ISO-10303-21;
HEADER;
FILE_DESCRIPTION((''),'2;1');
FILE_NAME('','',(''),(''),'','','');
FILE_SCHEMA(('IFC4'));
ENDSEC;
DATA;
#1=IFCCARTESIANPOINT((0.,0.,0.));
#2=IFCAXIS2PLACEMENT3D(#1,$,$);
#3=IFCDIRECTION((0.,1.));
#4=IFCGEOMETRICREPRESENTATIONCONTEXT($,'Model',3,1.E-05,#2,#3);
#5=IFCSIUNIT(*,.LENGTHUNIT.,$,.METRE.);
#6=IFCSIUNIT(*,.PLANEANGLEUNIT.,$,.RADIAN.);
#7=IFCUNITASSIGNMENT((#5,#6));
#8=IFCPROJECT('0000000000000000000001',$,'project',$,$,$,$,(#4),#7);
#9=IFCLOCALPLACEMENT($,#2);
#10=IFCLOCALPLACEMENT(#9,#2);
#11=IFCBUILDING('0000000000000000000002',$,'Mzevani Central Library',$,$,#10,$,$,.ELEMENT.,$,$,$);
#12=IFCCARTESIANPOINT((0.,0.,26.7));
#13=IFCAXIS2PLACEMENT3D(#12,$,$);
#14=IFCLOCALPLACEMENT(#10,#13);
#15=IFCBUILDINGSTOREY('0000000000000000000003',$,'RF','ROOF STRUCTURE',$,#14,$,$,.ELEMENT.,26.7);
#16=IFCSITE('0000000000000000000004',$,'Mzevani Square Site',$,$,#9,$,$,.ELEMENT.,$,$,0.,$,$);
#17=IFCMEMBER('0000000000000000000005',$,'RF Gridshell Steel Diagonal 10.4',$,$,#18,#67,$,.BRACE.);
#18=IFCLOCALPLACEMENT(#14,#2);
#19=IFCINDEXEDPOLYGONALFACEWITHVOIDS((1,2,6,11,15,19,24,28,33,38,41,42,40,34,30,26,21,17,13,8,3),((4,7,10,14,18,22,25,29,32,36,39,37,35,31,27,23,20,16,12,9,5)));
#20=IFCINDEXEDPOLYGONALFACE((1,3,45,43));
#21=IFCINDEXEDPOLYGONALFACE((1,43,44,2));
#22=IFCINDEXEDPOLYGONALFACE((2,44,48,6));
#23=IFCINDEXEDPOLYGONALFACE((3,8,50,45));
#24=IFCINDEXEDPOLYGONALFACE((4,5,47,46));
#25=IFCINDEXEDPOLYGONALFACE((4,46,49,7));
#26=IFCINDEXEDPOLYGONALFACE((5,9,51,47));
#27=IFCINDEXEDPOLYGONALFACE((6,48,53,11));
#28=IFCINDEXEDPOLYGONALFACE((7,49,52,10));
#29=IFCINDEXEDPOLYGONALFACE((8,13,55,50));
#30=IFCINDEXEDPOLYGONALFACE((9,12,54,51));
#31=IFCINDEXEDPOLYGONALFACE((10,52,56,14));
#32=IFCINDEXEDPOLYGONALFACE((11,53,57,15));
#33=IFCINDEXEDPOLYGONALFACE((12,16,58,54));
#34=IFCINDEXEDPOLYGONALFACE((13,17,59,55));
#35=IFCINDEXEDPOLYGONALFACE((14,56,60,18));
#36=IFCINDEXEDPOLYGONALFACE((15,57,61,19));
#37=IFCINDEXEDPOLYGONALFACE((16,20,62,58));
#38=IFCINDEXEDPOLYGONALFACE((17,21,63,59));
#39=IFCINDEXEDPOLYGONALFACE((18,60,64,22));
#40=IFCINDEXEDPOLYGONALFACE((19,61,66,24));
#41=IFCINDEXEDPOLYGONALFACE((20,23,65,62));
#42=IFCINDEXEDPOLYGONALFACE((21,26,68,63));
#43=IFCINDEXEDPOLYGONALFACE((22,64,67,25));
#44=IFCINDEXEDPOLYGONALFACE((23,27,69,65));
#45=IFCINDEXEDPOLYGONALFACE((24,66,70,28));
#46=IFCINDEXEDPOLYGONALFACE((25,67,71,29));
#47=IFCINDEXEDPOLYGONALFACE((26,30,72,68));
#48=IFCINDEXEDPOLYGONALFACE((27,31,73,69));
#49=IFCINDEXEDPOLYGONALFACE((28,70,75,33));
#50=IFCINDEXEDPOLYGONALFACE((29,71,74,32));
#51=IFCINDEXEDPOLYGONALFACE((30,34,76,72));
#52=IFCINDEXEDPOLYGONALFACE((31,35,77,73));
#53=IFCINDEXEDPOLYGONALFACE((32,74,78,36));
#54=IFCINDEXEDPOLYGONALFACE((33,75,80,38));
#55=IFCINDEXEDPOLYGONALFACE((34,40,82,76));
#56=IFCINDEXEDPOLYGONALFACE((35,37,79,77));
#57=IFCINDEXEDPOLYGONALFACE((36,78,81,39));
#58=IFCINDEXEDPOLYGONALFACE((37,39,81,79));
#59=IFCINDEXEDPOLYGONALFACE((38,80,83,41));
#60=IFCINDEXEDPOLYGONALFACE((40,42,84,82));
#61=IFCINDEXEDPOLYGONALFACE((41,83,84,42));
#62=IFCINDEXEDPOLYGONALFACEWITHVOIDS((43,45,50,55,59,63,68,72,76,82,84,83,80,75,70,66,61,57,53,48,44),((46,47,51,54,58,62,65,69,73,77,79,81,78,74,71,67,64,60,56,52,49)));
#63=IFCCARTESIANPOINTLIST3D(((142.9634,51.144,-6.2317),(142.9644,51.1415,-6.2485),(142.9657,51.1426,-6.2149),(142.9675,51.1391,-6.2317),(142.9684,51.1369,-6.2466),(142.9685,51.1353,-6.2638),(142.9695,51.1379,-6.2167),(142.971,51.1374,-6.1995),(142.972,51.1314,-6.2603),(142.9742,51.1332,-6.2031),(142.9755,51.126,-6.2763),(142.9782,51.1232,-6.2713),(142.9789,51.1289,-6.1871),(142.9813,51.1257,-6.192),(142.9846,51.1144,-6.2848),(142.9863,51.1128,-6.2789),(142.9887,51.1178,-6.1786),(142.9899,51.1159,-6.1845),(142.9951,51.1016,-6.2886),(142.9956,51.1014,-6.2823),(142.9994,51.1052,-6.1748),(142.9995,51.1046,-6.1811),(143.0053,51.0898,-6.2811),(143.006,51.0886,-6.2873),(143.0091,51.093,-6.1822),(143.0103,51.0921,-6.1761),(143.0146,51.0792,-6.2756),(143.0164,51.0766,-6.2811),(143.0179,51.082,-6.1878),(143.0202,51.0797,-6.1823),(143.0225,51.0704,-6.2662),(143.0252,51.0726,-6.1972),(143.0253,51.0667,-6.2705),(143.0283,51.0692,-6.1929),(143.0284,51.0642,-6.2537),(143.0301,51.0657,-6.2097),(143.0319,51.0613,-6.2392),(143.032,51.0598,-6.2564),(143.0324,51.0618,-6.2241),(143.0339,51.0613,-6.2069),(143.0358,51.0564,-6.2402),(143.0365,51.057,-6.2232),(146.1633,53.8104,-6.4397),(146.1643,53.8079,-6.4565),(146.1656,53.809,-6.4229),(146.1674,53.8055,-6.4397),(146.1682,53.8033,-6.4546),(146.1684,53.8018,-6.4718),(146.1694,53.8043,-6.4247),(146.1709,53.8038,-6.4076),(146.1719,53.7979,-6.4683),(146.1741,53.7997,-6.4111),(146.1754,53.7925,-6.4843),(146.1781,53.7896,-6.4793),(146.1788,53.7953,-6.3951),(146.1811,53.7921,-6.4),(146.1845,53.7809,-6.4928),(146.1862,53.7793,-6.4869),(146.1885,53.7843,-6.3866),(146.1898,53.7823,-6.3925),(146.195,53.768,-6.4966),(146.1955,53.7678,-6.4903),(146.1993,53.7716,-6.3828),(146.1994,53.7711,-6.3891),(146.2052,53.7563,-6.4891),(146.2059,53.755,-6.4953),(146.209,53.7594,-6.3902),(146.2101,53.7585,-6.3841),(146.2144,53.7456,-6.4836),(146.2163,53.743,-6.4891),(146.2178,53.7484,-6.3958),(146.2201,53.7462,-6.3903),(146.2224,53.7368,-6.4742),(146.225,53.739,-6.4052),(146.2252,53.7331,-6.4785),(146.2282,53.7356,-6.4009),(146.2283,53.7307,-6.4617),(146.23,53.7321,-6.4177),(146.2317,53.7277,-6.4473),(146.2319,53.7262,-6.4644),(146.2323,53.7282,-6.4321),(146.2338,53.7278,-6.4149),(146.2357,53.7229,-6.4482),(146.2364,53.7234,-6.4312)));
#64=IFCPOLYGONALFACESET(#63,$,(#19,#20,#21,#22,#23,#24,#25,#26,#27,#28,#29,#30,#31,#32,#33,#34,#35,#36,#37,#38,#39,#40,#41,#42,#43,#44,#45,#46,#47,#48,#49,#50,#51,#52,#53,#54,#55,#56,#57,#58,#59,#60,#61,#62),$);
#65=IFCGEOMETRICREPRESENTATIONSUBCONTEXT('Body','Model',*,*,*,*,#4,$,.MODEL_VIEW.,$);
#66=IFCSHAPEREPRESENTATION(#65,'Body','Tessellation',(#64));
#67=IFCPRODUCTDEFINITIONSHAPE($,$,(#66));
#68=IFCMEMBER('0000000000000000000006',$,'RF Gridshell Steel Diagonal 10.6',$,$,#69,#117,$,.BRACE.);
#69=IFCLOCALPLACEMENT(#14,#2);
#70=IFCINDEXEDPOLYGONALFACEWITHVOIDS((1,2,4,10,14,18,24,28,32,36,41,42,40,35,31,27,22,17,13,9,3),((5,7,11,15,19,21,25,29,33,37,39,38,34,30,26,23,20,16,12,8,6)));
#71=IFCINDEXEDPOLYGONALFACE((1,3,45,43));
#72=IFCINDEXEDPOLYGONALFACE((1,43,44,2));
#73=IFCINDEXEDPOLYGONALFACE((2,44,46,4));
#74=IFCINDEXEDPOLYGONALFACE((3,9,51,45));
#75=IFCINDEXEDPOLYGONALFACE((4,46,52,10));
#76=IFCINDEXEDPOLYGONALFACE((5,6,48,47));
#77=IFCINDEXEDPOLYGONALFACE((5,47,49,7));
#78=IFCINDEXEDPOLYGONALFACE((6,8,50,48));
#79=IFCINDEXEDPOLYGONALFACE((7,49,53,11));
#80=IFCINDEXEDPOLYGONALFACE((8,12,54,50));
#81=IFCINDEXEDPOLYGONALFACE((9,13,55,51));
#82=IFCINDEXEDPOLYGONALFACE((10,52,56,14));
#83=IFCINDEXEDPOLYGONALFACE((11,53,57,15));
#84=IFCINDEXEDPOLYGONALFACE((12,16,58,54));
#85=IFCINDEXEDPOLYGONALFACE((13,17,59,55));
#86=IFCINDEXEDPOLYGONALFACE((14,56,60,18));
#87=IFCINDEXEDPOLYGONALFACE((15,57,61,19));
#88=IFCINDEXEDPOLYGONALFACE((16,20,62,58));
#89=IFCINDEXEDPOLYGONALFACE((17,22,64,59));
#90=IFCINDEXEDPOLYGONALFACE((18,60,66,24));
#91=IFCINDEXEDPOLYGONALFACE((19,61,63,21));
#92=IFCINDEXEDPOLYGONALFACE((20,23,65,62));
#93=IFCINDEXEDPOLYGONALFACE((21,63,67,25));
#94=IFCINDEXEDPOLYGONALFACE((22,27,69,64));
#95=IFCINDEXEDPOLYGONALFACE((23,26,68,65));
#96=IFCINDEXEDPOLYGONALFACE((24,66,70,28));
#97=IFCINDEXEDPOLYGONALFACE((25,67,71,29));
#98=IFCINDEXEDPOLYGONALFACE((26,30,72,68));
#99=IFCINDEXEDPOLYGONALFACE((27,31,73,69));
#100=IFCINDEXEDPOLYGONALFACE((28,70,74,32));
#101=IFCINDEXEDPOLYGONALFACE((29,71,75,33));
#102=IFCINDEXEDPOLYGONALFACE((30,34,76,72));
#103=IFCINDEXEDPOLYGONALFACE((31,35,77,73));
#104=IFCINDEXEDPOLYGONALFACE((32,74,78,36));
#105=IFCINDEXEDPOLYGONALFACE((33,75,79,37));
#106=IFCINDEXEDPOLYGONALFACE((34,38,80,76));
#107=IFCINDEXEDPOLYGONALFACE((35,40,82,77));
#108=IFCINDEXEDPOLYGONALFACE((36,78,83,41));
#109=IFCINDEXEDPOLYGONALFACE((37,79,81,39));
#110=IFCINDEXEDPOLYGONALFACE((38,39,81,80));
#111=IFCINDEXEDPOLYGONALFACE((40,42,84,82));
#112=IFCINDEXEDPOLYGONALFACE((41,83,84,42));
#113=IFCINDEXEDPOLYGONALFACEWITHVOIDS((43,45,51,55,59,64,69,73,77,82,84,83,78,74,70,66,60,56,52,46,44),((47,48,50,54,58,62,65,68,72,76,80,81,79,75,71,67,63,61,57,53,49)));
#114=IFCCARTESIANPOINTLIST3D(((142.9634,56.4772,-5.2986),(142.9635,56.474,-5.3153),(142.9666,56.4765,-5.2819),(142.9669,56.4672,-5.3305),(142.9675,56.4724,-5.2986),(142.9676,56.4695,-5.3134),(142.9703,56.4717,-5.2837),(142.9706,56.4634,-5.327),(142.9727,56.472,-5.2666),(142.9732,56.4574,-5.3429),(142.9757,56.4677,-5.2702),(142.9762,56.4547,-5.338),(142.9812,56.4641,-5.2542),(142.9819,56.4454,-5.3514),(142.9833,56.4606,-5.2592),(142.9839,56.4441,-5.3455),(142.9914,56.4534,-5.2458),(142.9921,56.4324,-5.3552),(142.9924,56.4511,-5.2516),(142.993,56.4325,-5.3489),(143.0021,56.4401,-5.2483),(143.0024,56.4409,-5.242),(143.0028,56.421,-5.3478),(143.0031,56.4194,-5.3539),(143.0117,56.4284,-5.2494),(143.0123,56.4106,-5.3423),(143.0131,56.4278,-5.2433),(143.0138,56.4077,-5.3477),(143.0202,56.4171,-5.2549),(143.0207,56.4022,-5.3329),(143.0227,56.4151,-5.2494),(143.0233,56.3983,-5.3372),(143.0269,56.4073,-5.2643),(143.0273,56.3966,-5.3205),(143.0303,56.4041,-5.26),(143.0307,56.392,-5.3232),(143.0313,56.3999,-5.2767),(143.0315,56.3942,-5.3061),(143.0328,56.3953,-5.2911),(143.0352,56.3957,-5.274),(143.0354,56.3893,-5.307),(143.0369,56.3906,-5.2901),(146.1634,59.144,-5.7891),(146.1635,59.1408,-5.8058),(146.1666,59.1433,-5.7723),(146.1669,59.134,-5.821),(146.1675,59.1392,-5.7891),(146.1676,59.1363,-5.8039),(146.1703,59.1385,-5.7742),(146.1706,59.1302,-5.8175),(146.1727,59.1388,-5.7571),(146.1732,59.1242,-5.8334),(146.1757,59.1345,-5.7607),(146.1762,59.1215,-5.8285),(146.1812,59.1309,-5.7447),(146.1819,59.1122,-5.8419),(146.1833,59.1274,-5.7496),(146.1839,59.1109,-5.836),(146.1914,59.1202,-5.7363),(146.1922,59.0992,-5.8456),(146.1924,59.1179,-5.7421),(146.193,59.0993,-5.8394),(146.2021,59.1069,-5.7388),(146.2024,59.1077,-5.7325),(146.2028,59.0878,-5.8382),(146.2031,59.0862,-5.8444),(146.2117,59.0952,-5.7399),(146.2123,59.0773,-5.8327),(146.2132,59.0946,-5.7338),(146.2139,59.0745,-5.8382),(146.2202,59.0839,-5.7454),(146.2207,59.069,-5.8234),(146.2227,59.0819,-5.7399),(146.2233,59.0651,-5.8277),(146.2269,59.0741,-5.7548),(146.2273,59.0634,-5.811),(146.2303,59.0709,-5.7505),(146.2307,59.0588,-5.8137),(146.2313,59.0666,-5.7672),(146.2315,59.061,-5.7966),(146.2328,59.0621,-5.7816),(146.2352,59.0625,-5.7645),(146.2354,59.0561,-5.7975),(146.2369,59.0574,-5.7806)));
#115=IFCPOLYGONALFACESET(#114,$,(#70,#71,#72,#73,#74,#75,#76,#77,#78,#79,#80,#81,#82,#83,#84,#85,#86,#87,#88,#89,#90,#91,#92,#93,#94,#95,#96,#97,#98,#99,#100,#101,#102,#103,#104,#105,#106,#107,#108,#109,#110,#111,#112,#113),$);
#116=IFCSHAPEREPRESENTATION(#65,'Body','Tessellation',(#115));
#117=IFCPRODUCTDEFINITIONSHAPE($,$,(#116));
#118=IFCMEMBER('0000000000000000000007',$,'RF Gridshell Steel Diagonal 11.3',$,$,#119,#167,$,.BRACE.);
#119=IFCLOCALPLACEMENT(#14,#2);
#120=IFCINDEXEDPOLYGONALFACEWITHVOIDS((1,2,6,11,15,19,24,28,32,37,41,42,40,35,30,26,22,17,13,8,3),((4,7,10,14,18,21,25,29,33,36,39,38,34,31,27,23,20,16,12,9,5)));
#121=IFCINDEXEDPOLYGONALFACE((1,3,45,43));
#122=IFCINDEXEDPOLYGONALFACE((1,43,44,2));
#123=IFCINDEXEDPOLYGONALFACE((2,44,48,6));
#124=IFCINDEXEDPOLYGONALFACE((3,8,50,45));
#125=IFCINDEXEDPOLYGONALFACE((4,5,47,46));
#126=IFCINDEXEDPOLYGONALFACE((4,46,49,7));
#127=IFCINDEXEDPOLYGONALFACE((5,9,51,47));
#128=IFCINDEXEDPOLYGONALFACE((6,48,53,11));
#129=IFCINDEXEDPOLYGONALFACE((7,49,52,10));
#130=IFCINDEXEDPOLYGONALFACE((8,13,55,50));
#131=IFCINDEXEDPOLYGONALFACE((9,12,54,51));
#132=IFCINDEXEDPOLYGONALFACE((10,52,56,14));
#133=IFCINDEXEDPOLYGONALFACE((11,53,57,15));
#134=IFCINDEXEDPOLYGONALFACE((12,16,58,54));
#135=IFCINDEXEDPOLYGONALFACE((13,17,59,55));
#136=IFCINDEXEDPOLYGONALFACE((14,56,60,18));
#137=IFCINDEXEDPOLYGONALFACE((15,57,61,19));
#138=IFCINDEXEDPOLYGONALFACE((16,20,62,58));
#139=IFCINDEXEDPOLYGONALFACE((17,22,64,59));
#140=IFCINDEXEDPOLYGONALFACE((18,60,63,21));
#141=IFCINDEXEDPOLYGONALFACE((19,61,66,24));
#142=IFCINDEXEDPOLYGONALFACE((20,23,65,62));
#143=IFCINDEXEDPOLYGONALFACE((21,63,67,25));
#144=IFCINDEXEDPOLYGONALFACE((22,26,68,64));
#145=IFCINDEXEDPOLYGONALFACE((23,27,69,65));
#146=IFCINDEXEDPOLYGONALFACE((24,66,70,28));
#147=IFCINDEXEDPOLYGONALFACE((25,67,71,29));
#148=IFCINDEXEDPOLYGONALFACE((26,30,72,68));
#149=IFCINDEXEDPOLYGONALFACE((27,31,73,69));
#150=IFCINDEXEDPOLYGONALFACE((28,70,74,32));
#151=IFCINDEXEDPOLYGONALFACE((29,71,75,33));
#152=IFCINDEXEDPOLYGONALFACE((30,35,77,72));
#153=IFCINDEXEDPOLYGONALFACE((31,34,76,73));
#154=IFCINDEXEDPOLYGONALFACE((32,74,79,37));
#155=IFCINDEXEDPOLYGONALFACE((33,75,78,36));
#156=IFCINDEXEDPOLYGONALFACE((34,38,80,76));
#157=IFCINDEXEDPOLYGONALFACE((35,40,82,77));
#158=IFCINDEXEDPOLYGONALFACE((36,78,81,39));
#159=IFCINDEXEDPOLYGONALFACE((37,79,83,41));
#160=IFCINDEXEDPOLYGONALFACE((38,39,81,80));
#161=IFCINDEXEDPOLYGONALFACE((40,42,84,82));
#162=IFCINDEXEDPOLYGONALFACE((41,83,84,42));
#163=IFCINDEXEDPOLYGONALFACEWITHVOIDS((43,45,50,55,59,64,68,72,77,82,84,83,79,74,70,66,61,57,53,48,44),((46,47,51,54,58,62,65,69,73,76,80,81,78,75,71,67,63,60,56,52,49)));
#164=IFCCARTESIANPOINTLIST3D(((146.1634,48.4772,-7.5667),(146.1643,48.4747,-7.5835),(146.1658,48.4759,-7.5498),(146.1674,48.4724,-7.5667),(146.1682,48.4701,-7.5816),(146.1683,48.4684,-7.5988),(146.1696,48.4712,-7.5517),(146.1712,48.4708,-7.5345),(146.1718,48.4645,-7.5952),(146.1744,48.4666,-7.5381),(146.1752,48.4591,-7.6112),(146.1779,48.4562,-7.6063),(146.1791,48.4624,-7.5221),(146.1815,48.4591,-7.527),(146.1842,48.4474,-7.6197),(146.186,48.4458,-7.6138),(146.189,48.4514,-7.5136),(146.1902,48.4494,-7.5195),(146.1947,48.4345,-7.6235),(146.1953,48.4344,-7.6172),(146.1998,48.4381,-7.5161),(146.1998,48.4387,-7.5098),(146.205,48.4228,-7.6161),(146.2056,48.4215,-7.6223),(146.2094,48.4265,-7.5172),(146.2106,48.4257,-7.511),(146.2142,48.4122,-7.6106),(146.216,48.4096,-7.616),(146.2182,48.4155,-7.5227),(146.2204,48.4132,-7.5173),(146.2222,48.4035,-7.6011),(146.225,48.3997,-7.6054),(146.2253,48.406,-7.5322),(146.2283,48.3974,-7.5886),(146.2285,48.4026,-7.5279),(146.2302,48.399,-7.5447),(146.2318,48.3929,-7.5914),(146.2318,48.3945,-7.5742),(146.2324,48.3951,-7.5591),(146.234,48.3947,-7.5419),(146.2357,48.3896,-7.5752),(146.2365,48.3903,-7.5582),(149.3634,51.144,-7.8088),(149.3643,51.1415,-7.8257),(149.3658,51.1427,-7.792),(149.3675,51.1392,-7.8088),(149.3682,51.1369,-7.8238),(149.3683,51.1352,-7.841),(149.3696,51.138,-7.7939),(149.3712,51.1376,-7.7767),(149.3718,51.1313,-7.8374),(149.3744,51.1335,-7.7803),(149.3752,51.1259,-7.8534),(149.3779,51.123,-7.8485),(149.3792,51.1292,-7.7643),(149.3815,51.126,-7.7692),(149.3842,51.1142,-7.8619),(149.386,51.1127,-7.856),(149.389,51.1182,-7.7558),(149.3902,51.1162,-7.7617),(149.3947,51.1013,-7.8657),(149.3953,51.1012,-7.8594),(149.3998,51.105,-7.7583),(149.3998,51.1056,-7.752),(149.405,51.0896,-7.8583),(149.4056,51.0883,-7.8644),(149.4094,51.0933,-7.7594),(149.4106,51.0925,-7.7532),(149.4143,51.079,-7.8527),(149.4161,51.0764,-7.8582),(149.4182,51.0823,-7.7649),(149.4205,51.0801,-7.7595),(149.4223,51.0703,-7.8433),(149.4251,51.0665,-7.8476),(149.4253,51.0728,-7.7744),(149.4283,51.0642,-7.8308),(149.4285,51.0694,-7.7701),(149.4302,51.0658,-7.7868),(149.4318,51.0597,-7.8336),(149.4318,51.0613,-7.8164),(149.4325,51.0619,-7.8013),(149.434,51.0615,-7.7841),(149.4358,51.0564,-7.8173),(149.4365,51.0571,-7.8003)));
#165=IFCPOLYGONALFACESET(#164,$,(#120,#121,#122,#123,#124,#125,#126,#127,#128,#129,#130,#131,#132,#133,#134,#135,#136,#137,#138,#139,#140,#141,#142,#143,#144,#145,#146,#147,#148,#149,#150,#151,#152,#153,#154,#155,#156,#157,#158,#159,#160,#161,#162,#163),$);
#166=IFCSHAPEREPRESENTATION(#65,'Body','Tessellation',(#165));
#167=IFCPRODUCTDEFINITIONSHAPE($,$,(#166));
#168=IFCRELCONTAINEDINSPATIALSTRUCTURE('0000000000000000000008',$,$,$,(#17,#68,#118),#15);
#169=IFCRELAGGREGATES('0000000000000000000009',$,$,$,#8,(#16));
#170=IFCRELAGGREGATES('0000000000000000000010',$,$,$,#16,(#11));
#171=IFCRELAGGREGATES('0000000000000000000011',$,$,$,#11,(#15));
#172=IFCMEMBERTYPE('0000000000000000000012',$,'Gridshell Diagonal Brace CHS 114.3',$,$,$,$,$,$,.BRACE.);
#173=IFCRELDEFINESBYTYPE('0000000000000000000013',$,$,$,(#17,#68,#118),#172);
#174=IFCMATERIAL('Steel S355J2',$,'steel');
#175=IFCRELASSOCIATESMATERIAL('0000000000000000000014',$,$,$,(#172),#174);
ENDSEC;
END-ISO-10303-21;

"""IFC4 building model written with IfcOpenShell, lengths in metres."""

from ifc_helpers import new_model, si_unit, direction, frame, origin, origin_2d, place, context, subcontext, project, spatial, hollow_circle, extrude, material, material_profile, profile_set, type_object, element, save


model = new_model("IFC4")

# Units and contexts
model_context = context("Model", 3, precision=1e-05, world=origin(), true_north=direction((0.0, 1.0)))
body_context = subcontext(model_context, "Body", "Model", "MODEL_VIEW")
ifc_project = project(units=[si_unit("LENGTHUNIT", "METRE"), si_unit("PLANEANGLEUNIT", "RADIAN")], contexts=[model_context])

# Site, building, storey
site_placement = place(None, origin())
site = spatial("IfcSite", under=ifc_project, at=site_placement, Name="Mzevani Square Site", CompositionType="ELEMENT", RefElevation=0.0)
building_placement = place(site_placement, origin())
building = spatial("IfcBuilding", under=site, at=building_placement, Name="Mzevani Central Library", CompositionType="ELEMENT")
storey_placement = place(building_placement, frame((0.0, 0.0, 26.7)))
storey = spatial("IfcBuildingStorey", under=building, at=storey_placement, Name="RF", Description="ROOF STRUCTURE", CompositionType="ELEMENT", Elevation=26.7)

# Members
ifc_material_1 = material(Name="Steel S355J2", Category="steel")
ifc_material_profile_1 = material_profile(ifc_material_1, hollow_circle(Radius=0.0571, WallThickness=0.0063, at=origin_2d()), Name="CHS 114.3x6.3")
ifc_profile_set_1 = profile_set([ifc_material_profile_1], Name="Steel S355J2")
member_type_1 = type_object("IfcMemberType", Name="Gridshell Diagonal Brace CHS 114.3", PredefinedType="BRACE", material=ifc_profile_set_1)
member_1_placement = place(storey_placement, frame((143.0, 51.1001, -6.2317), z_axis=(0.76728, 0.63937, -0.049876), x_axis=(-0.640167, 0.768236, 0.0)))
element("IfcMember", 1, at=member_1_placement, inside=storey, type_object=member_type_1, Name="RF Gridshell Steel Diagonal 10.4", PredefinedType="BRACE", context=body_context, shape_type="SweptSolid", body=[
    extrude(hollow_circle(Radius=0.0571, WallThickness=0.0063, at=origin_2d()), origin(), (0.0, 0.0, 1.0), 4.1704),
])
member_2_placement = place(storey_placement, frame((143.0, 56.4333, -5.2986), z_axis=(0.762936, 0.635809, -0.11694), x_axis=(-0.640202, 0.768207, 0.0)))
element("IfcMember", 2, at=member_2_placement, inside=storey, type_object=member_type_1, Name="RF Gridshell Steel Diagonal 10.6", PredefinedType="BRACE", context=body_context, shape_type="SweptSolid", body=[
    extrude(hollow_circle(Radius=0.0571, WallThickness=0.0063, at=origin_2d()), origin(), (0.0, 0.0, 1.0), 4.1943),
])
member_3_placement = place(storey_placement, frame((146.2, 48.4333, -7.5667), z_axis=(0.766912, 0.639122, -0.058044), x_axis=(-0.640202, 0.768207, 0.0)))
element("IfcMember", 3, at=member_3_placement, inside=storey, type_object=member_type_1, Name="RF Gridshell Steel Diagonal 11.3", PredefinedType="BRACE", context=body_context, shape_type="SweptSolid", body=[
    extrude(hollow_circle(Radius=0.0571, WallThickness=0.0063, at=origin_2d()), origin(), (0.0, 0.0, 1.0), 4.1726),
])

save(model, "model.ifc")
